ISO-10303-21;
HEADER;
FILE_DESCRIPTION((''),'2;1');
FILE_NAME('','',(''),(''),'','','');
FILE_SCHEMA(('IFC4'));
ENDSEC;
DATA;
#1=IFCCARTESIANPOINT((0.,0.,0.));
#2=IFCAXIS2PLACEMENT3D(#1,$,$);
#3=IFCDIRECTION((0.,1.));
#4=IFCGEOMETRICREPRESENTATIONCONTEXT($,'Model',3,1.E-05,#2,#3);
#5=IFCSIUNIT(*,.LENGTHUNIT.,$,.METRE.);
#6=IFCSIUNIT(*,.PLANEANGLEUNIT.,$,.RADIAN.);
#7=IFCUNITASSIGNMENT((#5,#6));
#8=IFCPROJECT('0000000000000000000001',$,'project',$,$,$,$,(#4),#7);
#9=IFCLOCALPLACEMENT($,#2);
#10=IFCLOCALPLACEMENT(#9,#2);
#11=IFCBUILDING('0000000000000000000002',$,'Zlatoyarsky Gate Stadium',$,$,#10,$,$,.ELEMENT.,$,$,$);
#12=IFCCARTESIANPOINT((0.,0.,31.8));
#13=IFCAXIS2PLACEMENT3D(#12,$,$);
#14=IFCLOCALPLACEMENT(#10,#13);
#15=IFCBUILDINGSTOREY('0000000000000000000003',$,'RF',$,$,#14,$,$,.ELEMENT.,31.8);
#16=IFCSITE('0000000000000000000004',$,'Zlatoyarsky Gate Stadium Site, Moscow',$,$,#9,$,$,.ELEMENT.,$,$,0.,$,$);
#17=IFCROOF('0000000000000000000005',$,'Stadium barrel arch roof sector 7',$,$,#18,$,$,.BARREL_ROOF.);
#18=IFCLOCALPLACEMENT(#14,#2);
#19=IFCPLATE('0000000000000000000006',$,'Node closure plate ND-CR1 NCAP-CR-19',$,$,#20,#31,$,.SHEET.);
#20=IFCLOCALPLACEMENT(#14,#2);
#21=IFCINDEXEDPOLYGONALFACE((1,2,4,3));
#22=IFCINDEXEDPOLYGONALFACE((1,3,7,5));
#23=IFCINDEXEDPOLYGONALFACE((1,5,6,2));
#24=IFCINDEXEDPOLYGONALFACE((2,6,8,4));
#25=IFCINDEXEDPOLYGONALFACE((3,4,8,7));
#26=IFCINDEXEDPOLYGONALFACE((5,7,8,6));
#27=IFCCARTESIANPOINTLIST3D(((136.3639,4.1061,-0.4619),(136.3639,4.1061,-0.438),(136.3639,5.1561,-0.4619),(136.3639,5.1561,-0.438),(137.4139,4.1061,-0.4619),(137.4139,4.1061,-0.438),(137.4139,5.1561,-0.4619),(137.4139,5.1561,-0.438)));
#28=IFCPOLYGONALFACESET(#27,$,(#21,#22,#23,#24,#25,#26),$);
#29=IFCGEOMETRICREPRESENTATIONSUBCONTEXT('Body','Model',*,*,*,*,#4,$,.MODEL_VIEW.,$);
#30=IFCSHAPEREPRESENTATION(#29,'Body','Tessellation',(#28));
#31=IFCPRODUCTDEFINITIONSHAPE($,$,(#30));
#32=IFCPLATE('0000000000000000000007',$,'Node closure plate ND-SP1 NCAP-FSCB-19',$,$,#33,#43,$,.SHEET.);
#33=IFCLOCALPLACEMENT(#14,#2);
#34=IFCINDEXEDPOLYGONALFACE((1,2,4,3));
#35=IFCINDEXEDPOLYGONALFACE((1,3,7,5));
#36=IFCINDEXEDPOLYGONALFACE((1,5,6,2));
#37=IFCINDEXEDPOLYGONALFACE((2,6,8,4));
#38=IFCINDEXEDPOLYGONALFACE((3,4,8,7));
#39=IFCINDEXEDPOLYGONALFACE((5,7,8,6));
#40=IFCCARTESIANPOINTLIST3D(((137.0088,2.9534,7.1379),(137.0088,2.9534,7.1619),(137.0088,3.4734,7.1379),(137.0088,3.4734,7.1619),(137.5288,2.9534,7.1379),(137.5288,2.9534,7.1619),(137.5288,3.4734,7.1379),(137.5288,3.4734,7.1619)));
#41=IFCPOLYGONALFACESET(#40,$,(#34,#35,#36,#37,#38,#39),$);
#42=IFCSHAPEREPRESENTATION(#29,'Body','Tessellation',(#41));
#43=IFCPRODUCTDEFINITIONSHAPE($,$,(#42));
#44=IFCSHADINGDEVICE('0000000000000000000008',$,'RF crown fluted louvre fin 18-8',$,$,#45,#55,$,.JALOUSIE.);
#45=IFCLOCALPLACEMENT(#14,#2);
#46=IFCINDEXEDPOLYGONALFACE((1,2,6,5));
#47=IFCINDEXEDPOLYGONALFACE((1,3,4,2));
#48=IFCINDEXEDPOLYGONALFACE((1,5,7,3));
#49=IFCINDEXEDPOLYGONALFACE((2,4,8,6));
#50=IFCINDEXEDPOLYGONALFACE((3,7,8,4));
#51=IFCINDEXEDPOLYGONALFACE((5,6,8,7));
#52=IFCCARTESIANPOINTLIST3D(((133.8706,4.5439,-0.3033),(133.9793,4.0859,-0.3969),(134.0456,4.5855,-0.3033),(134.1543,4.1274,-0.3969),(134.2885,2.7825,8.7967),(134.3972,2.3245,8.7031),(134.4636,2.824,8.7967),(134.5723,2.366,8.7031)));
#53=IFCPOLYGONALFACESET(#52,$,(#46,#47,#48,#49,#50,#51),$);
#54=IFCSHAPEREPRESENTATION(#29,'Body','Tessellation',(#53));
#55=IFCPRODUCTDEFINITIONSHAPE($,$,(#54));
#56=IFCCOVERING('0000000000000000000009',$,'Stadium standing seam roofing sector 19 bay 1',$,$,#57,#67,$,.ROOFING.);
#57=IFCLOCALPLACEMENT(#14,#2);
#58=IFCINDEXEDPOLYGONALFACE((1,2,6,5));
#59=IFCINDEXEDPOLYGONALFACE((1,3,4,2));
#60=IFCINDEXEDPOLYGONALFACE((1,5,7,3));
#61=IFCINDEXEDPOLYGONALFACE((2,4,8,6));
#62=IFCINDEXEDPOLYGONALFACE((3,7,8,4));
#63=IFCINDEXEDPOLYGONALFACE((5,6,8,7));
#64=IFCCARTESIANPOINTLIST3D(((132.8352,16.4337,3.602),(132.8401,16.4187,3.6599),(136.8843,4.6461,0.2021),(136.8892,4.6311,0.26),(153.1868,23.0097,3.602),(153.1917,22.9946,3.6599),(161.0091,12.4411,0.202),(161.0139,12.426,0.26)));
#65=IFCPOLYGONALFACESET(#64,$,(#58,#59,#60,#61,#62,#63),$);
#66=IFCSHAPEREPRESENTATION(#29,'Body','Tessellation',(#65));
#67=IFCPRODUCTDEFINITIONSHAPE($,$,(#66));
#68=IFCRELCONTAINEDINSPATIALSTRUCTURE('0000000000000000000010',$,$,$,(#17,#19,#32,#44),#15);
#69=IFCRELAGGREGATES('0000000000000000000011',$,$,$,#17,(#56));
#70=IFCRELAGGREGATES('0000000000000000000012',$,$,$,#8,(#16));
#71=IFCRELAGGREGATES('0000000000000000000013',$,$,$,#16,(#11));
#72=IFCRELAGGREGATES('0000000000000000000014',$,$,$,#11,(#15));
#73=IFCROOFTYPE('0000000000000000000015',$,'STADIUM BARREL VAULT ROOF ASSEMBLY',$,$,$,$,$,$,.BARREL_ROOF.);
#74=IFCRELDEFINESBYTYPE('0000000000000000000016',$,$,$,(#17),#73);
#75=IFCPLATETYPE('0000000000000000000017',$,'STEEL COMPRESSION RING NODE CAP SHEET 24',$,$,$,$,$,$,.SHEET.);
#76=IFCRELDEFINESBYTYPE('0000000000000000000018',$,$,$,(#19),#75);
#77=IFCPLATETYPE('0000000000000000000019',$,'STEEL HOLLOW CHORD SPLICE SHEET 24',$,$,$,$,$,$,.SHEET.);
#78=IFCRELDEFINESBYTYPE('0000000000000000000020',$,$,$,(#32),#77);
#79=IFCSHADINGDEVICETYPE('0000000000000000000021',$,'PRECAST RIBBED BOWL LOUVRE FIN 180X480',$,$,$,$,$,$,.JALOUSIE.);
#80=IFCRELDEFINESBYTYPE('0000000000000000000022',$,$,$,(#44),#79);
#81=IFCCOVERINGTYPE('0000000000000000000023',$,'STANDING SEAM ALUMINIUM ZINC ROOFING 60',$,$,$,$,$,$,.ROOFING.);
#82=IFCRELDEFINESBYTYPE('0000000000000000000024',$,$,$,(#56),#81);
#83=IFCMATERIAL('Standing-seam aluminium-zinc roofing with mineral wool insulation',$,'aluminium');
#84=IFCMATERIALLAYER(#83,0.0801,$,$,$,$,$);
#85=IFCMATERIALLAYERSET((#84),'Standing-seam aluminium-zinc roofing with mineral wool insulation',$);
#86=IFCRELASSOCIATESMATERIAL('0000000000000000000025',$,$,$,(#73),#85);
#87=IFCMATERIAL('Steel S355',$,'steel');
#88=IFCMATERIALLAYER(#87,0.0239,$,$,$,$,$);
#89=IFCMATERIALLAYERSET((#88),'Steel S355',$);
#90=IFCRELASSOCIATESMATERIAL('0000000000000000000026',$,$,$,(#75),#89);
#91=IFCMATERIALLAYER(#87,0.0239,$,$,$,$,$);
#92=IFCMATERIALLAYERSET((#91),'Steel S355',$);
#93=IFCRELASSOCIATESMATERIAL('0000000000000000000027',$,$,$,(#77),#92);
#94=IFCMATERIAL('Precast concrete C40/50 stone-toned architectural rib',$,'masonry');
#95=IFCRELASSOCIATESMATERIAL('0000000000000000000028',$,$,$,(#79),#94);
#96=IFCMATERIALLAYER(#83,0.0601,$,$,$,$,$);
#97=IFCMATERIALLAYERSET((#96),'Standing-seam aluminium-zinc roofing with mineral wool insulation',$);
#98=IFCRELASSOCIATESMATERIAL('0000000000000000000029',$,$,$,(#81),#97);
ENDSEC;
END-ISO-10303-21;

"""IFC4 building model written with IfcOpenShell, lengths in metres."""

from ifc_helpers import new_model, si_unit, direction, frame, origin, origin_2d, place, context, subcontext, project, spatial, polyline, rectangle, outline, extrude, material, layer, layer_set, material_profile, profile_set, type_object, element, aggregate, save


model = new_model("IFC4")

# Units and contexts
model_context = context("Model", 3, precision=1e-05, world=origin(), true_north=direction((0.0, 1.0)))
body_context = subcontext(model_context, "Body", "Model", "MODEL_VIEW")
ifc_project = project(units=[si_unit("LENGTHUNIT", "METRE"), si_unit("PLANEANGLEUNIT", "RADIAN")], contexts=[model_context])

# Site, building, storey
site_placement = place(None, origin())
site = spatial("IfcSite", under=ifc_project, at=site_placement, Name="Zlatoyarsky Gate Stadium Site, Moscow", CompositionType="ELEMENT", RefElevation=0.0)
building_placement = place(site_placement, origin())
building = spatial("IfcBuilding", under=site, at=building_placement, Name="Zlatoyarsky Gate Stadium", CompositionType="ELEMENT")
storey_placement = place(building_placement, frame((0.0, 0.0, 31.8)))
storey = spatial("IfcBuildingStorey", under=building, at=storey_placement, Name="RF", CompositionType="ELEMENT", Elevation=31.8)

# Shared definitions
ifc_material_1 = material(Name="Steel S355", Category="steel")

# Roof
ifc_material_2 = material(Name="Standing-seam aluminium-zinc roofing with mineral wool insulation", Category="aluminium")
ifc_layer_1 = layer(ifc_material_2, 0.0801)
ifc_layer_set_1 = layer_set([ifc_layer_1], Name="Standing-seam aluminium-zinc roofing with mineral wool insulation")
roof_type = type_object("IfcRoofType", Name="STADIUM BARREL VAULT ROOF ASSEMBLY", PredefinedType="BARREL_ROOF", material=ifc_layer_set_1)
roof_placement = place(storey_placement, origin())
roof = element("IfcRoof", 1, at=roof_placement, inside=storey, type_object=roof_type, Name="Stadium barrel arch roof sector 7", PredefinedType="BARREL_ROOF")

# Plates
ifc_layer_2 = layer(ifc_material_1, 0.0239)
ifc_layer_set_2 = layer_set([ifc_layer_2], Name="Steel S355")
plate_type_1 = type_object("IfcPlateType", Name="STEEL COMPRESSION RING NODE CAP SHEET 24", PredefinedType="SHEET", material=ifc_layer_set_2)
plate_1_placement = place(storey_placement, frame((136.8889, 4.6311, -0.4619), z_axis=(0.0, 0.0, 1.0), x_axis=(1.0, 0.0, 0.0)))
element("IfcPlate", 2, at=plate_1_placement, inside=storey, type_object=plate_type_1, Name="Node closure plate ND-CR1 NCAP-CR-19", PredefinedType="SHEET", context=body_context, shape_type="SweptSolid", body=[
    extrude(rectangle(XDim=1.05, YDim=1.05, at=origin_2d()), origin(), (0.0, 0.0, 1.0), 0.0239),
])
ifc_layer_3 = layer(ifc_material_1, 0.0239)
ifc_layer_set_3 = layer_set([ifc_layer_3], Name="Steel S355")
plate_type_2 = type_object("IfcPlateType", Name="STEEL HOLLOW CHORD SPLICE SHEET 24", PredefinedType="SHEET", material=ifc_layer_set_3)
plate_2_placement = place(storey_placement, frame((137.2688, 3.2134, 7.1379), z_axis=(0.0, 0.0, 1.0), x_axis=(1.0, 0.0, 0.0)))
element("IfcPlate", 3, at=plate_2_placement, inside=storey, type_object=plate_type_2, Name="Node closure plate ND-SP1 NCAP-FSCB-19", PredefinedType="SHEET", context=body_context, shape_type="SweptSolid", body=[
    extrude(rectangle(XDim=0.52, YDim=0.52, at=origin_2d()), origin(), (0.0, 0.0, 1.0), 0.0239),
])

# Shading device
ifc_material_3 = material(Name="Precast concrete C40/50 stone-toned architectural rib", Category="masonry")
ifc_material_profile_1 = material_profile(ifc_material_3, rectangle(XDim=0.1799, YDim=0.48, at=origin_2d()), Name="RIB 180X480")
ifc_profile_set_1 = profile_set([ifc_material_profile_1], Name="Precast concrete C40/50 stone-toned architectural rib")
shading_device_type = type_object("IfcShadingDeviceType", Name="PRECAST RIBBED BOWL LOUVRE FIN 180X480", PredefinedType="JALOUSIE", material=ifc_profile_set_1)
shading_device_placement = place(storey_placement, frame((134.0125, 4.3357, -0.3501), z_axis=(0.045047, -0.189846, 0.98078), x_axis=(0.972984, 0.230873, 0.0)))
element("IfcShadingDevice", 4, at=shading_device_placement, inside=storey, type_object=shading_device_type, Name="RF crown fluted louvre fin 18-8", PredefinedType="JALOUSIE", context=body_context, shape_type="SweptSolid", body=[
    extrude(rectangle(XDim=0.1799, YDim=0.48, at=origin_2d()), origin(), (0.0, 0.0, 1.0), 9.2783),
])

# Covering
ifc_layer_4 = layer(ifc_material_2, 0.0601)
ifc_layer_set_4 = layer_set([ifc_layer_4], Name="Standing-seam aluminium-zinc roofing with mineral wool insulation")
covering_type = type_object("IfcCoveringType", Name="STANDING SEAM ALUMINIUM ZINC ROOFING 60", PredefinedType="ROOFING", material=ifc_layer_set_4)
covering_placement = place(storey_placement, frame((136.8892, 4.6311, 0.26), z_axis=(0.080927, -0.25046, 0.964739), x_axis=(0.951562, 0.307458, -0.000001)))
covering = element("IfcCovering", 5, at=covering_placement, type_object=covering_type, Name="Stadium standing seam roofing sector 19 bay 1", PredefinedType="ROOFING", context=body_context, shape_type="SweptSolid", body=[
    extrude(outline(polyline([(0.0, 0.0), (25.3528, 0.0), (21.1588, 12.9172), (-0.2288, 12.917), (0.0, 0.0)])), origin(), (0.0, 0.0, -1.0), 0.0601),
])
aggregate(roof, [covering])

save(model, "model.ifc")
